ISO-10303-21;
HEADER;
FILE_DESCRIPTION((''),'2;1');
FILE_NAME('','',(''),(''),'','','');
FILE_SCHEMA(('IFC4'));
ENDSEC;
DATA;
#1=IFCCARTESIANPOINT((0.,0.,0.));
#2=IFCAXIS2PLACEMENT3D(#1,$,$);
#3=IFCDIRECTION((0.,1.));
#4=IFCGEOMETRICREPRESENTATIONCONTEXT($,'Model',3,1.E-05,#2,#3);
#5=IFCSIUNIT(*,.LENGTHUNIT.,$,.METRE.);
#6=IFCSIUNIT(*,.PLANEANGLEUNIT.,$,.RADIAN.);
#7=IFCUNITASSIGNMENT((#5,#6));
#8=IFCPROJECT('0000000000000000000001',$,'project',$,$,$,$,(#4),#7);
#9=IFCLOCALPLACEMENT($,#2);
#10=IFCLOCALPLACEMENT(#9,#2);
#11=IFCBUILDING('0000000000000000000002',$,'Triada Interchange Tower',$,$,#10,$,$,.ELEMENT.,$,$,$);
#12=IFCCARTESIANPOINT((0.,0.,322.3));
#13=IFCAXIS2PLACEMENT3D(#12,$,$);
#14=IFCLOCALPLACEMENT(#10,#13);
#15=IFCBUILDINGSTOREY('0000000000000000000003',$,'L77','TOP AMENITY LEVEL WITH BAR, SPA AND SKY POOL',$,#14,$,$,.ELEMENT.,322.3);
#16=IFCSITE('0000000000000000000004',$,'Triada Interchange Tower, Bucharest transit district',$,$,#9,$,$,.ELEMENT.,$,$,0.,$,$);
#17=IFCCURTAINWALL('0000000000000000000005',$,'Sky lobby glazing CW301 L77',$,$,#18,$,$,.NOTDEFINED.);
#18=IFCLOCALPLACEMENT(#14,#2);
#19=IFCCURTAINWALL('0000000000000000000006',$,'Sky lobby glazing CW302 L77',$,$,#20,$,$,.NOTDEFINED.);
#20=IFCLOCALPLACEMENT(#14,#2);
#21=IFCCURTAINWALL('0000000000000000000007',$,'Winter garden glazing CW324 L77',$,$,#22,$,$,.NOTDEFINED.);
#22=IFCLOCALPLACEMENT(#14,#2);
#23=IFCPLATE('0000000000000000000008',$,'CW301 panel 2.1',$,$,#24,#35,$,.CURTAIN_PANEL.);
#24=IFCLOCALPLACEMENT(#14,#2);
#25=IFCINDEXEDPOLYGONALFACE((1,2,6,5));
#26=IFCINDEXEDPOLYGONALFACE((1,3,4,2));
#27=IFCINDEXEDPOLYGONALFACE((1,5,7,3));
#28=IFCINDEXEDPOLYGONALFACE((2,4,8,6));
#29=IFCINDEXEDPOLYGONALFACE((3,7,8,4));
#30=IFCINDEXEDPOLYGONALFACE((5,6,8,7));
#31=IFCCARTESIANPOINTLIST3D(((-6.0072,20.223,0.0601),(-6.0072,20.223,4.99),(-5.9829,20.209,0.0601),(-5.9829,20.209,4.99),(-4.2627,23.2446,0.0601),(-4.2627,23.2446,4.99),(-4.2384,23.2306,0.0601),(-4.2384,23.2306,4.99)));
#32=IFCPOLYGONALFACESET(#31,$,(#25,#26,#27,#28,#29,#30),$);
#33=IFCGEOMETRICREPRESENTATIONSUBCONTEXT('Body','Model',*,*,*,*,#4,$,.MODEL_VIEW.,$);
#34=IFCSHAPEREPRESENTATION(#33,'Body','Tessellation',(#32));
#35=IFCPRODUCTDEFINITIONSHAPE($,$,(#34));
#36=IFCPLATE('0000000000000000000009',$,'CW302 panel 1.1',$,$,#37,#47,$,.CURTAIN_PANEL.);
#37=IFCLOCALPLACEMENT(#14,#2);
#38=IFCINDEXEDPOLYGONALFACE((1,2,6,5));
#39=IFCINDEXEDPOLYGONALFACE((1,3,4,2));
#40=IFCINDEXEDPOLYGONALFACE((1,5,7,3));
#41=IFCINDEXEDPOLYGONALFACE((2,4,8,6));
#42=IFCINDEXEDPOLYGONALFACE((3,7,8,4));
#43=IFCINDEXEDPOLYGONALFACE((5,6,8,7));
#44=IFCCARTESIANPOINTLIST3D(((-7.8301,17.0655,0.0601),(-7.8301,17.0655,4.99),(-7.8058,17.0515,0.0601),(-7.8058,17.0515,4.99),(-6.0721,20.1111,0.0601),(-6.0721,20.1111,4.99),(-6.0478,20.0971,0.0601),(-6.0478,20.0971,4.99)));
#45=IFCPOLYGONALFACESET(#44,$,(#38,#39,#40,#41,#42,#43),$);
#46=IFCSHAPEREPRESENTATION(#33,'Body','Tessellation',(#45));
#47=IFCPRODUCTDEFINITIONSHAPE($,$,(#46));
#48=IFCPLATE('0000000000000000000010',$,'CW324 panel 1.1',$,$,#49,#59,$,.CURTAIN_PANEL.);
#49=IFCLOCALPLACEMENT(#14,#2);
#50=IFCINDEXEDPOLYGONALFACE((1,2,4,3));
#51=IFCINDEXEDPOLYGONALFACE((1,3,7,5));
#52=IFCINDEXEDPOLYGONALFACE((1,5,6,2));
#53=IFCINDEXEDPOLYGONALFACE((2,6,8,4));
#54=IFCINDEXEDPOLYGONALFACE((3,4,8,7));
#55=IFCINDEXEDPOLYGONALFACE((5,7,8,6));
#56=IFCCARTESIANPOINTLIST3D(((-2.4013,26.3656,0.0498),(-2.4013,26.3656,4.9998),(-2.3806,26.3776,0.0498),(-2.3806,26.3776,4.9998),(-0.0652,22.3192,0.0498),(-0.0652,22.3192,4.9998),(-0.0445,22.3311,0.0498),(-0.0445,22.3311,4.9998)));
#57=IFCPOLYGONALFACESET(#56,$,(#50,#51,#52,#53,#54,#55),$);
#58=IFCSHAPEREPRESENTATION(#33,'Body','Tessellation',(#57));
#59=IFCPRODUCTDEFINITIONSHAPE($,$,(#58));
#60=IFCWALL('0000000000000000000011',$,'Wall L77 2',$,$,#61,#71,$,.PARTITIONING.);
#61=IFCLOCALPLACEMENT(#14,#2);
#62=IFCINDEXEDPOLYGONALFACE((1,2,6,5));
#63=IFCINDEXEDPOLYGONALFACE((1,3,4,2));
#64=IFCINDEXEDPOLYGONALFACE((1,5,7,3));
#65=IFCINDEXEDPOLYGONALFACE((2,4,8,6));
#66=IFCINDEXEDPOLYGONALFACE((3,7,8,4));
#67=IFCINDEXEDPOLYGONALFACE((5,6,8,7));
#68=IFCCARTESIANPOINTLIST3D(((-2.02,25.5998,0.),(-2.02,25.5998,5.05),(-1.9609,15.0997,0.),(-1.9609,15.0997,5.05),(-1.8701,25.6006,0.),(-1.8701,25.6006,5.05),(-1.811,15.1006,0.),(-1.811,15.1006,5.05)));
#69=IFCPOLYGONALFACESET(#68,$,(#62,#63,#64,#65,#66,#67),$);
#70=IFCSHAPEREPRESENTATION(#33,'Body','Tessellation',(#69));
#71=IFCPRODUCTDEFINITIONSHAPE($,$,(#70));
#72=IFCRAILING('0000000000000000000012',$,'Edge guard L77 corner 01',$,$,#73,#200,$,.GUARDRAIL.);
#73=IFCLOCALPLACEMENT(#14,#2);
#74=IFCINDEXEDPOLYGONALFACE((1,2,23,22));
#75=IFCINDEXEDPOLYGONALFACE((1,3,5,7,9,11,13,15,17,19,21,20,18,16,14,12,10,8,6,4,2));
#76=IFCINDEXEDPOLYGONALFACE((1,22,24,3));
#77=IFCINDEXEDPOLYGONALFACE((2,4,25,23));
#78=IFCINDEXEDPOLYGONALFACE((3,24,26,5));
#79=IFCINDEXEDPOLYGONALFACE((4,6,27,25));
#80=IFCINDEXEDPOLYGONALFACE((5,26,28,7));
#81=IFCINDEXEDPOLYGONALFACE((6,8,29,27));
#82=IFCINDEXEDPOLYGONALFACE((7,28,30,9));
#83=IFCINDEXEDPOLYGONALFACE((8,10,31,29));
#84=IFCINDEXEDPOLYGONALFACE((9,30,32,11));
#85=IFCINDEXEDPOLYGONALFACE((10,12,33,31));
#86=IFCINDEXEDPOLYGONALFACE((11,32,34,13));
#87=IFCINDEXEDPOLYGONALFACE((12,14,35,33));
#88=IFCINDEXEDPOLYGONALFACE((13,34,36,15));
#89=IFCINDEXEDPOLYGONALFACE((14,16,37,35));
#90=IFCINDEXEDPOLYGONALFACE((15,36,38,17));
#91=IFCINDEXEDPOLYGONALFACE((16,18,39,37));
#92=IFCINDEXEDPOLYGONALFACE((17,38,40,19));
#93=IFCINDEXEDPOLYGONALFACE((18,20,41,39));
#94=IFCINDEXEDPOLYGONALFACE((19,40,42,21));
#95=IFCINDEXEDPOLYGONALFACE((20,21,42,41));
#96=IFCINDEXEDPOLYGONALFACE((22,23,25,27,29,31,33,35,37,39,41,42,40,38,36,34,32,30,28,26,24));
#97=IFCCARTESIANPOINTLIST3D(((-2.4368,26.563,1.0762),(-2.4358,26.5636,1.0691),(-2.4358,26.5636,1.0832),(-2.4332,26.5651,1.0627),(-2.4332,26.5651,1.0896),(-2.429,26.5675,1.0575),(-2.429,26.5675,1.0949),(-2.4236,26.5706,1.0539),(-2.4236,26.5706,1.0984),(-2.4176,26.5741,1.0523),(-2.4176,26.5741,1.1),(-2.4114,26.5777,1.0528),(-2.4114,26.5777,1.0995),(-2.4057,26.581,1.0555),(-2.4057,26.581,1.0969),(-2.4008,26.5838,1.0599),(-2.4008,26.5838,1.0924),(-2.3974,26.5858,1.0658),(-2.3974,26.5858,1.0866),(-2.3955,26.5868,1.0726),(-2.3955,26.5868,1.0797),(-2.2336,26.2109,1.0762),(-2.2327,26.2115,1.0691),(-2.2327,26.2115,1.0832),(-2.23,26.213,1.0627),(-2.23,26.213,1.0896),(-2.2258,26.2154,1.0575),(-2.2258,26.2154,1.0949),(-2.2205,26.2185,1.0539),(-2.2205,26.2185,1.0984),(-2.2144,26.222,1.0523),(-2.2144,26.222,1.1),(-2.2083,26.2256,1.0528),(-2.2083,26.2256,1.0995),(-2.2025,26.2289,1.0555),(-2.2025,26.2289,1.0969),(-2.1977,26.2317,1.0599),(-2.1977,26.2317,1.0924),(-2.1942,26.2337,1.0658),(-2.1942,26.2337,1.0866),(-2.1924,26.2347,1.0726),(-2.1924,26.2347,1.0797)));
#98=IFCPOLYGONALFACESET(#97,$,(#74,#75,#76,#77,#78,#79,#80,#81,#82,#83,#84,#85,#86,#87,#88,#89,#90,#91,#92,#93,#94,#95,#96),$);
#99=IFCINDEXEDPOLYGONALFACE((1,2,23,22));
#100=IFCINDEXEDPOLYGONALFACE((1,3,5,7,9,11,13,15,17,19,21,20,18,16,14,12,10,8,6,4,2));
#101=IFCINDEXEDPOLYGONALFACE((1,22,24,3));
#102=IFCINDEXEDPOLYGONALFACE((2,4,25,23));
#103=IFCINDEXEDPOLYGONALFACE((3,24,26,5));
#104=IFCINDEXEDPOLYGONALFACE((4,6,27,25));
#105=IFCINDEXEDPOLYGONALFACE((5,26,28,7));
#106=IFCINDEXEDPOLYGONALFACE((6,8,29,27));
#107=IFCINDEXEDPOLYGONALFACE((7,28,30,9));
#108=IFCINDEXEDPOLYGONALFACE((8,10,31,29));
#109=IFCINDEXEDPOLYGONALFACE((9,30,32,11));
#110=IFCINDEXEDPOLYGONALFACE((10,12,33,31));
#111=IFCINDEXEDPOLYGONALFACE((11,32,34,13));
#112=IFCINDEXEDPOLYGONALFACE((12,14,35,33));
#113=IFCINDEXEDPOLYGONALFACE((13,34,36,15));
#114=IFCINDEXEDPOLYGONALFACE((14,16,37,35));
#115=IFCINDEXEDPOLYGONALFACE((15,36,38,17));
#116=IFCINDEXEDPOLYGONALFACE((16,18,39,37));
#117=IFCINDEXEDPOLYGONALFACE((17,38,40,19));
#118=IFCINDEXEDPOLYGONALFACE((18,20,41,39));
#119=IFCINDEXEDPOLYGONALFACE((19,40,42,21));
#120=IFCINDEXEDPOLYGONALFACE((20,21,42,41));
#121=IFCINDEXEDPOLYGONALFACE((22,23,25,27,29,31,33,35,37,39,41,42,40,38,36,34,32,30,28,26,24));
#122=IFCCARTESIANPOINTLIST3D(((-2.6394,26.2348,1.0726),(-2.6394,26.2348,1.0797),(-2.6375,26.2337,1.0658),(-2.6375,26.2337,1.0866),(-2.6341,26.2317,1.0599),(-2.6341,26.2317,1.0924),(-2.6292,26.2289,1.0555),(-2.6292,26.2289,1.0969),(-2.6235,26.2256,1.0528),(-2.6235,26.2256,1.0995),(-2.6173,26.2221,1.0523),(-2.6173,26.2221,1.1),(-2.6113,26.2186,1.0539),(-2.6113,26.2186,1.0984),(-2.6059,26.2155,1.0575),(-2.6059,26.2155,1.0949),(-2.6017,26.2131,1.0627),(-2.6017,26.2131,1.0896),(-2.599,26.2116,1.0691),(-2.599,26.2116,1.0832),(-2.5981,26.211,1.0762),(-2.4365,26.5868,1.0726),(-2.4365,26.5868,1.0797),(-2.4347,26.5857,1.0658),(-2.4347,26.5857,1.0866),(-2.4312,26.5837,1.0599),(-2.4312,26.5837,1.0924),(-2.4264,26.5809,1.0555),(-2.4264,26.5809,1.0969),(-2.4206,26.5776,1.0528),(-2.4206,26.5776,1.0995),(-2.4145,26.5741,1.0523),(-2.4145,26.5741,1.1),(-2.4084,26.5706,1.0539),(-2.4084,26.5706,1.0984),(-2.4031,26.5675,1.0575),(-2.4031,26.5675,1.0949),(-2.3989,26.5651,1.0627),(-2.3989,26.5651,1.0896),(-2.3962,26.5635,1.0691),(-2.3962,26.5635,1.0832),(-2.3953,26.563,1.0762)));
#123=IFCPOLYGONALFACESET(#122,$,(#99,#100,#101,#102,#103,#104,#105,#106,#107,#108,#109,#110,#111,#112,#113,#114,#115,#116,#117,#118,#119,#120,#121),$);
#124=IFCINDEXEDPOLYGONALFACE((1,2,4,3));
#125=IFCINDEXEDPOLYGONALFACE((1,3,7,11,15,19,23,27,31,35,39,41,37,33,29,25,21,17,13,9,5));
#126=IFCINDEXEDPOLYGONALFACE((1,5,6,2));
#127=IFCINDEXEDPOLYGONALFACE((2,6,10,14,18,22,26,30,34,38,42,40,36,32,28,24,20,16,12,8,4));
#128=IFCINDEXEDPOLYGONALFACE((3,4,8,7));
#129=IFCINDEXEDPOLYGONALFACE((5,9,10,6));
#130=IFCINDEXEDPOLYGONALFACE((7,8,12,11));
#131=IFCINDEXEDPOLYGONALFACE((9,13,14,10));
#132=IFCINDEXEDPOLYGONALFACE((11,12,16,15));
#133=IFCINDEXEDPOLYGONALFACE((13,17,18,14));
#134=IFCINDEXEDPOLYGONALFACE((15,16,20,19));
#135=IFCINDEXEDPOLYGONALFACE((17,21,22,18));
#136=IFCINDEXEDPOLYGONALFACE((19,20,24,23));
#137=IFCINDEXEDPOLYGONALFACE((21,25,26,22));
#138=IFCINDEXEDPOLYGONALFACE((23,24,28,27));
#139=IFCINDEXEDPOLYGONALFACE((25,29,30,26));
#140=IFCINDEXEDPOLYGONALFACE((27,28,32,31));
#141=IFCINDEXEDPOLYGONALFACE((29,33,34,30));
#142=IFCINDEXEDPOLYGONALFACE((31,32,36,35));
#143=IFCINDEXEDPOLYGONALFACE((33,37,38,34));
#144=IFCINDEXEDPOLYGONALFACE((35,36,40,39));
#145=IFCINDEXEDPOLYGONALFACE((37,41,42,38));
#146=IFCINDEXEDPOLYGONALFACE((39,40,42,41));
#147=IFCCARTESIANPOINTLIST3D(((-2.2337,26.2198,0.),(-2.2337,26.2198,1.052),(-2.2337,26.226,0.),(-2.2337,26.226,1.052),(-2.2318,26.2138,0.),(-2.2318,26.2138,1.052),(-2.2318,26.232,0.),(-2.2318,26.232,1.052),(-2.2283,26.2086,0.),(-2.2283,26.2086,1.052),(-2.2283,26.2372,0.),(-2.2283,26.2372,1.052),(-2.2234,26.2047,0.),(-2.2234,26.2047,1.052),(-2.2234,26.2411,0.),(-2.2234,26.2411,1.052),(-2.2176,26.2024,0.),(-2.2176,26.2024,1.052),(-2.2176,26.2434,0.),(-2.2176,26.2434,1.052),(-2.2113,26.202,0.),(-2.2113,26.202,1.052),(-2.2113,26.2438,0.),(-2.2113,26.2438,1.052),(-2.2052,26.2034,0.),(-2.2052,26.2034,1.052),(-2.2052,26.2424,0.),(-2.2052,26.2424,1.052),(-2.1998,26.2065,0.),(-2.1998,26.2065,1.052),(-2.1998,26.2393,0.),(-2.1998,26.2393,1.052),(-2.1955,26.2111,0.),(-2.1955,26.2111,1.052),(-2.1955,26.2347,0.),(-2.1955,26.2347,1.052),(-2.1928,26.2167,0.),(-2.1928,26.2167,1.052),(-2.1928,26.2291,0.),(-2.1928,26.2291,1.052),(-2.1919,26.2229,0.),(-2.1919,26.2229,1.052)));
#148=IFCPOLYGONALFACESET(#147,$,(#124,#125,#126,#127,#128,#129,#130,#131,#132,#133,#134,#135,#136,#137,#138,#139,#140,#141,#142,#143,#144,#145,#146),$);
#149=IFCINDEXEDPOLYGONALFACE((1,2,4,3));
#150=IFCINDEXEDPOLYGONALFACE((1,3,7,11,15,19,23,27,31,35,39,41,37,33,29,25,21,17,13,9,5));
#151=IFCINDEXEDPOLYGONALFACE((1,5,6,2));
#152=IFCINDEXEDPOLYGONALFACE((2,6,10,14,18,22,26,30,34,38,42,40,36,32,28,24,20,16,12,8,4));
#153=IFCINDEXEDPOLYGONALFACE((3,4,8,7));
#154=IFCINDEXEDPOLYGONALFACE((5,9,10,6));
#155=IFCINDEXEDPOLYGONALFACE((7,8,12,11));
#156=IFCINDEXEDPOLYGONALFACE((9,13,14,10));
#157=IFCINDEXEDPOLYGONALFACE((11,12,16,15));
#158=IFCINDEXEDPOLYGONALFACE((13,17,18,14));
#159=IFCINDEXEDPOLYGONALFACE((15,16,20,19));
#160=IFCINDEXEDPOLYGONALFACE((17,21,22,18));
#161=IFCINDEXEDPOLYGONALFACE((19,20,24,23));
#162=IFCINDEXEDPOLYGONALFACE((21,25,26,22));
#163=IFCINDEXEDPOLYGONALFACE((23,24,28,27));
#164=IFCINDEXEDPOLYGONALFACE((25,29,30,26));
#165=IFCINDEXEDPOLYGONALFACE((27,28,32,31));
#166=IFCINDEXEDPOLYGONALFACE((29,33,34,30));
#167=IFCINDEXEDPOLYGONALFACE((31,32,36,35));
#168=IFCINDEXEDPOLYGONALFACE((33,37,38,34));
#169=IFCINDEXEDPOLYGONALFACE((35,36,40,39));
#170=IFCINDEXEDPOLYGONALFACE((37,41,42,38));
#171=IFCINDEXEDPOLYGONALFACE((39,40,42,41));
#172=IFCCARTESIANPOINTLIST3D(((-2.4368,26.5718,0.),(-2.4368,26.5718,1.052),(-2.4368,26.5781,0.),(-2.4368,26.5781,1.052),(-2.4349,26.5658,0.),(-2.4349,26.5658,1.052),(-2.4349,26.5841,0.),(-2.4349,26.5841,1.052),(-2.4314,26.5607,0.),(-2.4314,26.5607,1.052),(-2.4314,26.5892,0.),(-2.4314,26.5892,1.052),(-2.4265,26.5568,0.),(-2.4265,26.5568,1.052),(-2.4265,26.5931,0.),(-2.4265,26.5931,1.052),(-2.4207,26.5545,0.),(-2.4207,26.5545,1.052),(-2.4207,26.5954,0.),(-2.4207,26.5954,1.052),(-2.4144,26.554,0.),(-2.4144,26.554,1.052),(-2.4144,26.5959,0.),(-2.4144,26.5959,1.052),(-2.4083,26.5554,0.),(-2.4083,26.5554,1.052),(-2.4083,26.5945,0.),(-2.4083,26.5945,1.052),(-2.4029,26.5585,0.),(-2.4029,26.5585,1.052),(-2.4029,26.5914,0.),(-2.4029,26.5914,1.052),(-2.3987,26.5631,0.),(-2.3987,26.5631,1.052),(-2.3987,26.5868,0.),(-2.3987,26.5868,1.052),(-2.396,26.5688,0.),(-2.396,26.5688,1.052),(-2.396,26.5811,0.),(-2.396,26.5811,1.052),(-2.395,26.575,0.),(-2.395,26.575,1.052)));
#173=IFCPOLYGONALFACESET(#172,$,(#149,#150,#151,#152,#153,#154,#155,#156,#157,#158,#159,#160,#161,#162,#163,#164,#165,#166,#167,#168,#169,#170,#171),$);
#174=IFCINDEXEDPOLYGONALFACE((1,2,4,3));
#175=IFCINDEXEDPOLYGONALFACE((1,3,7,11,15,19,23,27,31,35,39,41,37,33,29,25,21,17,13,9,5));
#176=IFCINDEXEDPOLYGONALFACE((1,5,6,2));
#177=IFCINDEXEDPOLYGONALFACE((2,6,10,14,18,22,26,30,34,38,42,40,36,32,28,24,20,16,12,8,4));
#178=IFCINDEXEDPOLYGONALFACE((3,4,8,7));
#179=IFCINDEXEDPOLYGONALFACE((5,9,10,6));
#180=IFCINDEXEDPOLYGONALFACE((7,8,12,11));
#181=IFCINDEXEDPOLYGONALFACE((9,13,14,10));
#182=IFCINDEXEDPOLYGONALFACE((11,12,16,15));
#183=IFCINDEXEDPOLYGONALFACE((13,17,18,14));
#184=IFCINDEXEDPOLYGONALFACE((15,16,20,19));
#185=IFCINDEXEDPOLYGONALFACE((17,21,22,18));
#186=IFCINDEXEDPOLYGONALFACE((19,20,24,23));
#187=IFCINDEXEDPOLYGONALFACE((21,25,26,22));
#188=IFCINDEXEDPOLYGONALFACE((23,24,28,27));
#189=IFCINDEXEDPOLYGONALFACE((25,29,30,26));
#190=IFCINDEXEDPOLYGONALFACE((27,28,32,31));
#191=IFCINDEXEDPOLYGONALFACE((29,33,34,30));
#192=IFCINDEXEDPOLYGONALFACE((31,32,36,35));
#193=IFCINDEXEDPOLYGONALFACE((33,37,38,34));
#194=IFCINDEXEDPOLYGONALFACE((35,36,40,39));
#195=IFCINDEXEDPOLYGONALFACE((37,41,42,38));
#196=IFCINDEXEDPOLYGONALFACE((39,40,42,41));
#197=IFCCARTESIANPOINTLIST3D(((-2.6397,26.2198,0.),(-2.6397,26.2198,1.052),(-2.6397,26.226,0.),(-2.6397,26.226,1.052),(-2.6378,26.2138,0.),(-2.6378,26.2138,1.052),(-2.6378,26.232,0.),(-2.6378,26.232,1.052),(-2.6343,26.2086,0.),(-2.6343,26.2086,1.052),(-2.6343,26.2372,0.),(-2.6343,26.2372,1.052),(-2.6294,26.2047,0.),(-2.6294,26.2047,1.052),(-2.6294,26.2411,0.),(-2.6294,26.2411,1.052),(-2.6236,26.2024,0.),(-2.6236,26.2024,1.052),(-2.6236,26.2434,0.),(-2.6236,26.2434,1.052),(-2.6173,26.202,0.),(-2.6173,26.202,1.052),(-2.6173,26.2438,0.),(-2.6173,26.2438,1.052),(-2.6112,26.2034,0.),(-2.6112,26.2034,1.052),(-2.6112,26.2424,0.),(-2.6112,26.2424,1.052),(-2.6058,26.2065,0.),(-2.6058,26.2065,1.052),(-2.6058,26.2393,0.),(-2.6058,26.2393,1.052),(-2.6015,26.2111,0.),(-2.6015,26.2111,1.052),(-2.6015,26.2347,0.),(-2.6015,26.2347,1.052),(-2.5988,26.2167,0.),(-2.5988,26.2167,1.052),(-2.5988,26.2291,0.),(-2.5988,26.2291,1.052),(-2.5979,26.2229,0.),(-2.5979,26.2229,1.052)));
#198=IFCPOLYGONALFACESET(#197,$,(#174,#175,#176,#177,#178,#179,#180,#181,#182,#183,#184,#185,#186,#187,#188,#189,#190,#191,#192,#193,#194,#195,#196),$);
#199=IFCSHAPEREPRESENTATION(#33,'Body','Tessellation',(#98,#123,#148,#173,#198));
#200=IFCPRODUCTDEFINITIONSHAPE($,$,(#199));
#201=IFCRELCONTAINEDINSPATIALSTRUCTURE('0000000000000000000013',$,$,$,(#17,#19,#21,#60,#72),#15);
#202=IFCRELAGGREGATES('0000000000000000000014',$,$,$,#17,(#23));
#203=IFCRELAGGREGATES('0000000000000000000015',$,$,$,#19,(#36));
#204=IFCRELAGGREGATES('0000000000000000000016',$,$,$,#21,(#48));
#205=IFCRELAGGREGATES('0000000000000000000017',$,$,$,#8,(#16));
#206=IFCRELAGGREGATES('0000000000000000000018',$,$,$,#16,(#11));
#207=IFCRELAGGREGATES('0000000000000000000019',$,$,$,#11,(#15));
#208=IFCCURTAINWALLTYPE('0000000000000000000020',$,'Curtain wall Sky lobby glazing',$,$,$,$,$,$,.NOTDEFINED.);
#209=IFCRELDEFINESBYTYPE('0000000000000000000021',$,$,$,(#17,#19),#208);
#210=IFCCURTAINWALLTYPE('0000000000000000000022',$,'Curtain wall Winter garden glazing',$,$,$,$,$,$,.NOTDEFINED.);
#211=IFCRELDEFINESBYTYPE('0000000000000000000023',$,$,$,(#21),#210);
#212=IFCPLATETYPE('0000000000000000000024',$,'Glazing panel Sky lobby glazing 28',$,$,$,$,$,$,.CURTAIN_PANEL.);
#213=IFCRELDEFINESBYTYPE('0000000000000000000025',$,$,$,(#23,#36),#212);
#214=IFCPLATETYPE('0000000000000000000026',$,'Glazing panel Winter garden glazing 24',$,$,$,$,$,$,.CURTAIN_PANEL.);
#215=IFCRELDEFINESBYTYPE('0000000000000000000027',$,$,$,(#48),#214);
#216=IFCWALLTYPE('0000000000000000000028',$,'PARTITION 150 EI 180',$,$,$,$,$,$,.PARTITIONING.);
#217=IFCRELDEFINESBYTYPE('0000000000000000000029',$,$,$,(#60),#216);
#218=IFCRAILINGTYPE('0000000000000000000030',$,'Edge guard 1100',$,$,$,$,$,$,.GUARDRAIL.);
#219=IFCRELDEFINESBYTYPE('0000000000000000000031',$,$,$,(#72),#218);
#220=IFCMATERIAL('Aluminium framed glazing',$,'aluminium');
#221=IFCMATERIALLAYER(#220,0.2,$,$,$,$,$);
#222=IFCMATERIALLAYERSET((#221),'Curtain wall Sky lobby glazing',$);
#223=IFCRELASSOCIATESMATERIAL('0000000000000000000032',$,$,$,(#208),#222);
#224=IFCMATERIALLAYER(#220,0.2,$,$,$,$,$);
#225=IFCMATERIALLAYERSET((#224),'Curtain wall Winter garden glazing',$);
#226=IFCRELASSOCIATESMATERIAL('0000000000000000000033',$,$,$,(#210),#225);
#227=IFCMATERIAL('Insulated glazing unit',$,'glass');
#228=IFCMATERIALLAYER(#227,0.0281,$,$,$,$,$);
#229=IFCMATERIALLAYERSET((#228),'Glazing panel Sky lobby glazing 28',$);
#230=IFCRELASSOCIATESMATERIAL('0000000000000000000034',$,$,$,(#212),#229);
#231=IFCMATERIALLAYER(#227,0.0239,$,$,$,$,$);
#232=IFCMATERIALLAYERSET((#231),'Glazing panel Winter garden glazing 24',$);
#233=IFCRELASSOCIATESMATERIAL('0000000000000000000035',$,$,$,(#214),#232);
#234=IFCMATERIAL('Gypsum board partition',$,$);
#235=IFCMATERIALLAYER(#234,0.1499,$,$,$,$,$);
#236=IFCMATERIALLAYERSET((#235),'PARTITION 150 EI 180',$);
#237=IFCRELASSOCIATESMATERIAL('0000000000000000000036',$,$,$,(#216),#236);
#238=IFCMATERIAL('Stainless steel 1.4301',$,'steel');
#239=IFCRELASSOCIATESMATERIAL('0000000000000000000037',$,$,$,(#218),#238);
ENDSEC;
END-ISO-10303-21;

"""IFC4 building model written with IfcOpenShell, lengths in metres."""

from ifc_helpers import new_model, si_unit, direction, frame, frame_2d, origin, origin_2d, place, context, subcontext, project, spatial, rectangle, circle, extrude, material, layer, layer_set, type_object, element, aggregate, save


model = new_model("IFC4")

# Units and contexts
model_context = context("Model", 3, precision=1e-05, world=origin(), true_north=direction((0.0, 1.0)))
body_context = subcontext(model_context, "Body", "Model", "MODEL_VIEW")
ifc_project = project(units=[si_unit("LENGTHUNIT", "METRE"), si_unit("PLANEANGLEUNIT", "RADIAN")], contexts=[model_context])

# Site, building, storey
site_placement = place(None, origin())
site = spatial("IfcSite", under=ifc_project, at=site_placement, Name="Triada Interchange Tower, Bucharest transit district", CompositionType="ELEMENT", RefElevation=0.0)
building_placement = place(site_placement, origin())
building = spatial("IfcBuilding", under=site, at=building_placement, Name="Triada Interchange Tower", CompositionType="ELEMENT")
storey_placement = place(building_placement, frame((0.0, 0.0, 322.3)))
storey = spatial("IfcBuildingStorey", under=building, at=storey_placement, Name="L77", Description="TOP AMENITY LEVEL WITH BAR, SPA AND SKY POOL", CompositionType="ELEMENT", Elevation=322.3)

# Curtain walls
ifc_material_1 = material(Name="Aluminium framed glazing", Category="aluminium")
ifc_layer_1 = layer(ifc_material_1, 0.2)
ifc_layer_set_1 = layer_set([ifc_layer_1], Name="Curtain wall Sky lobby glazing")
curtain_wall_type_1 = type_object("IfcCurtainWallType", Name="Curtain wall Sky lobby glazing", PredefinedType="NOTDEFINED", material=ifc_layer_set_1)
curtain_wall_1_placement = place(storey_placement, origin())
curtain_wall_1 = element("IfcCurtainWall", 1, at=curtain_wall_1_placement, inside=storey, type_object=curtain_wall_type_1, Name="Sky lobby glazing CW301 L77", PredefinedType="NOTDEFINED")
curtain_wall_2_placement = place(storey_placement, origin())
curtain_wall_2 = element("IfcCurtainWall", 2, at=curtain_wall_2_placement, inside=storey, type_object=curtain_wall_type_1, Name="Sky lobby glazing CW302 L77", PredefinedType="NOTDEFINED")
ifc_layer_2 = layer(ifc_material_1, 0.2)
ifc_layer_set_2 = layer_set([ifc_layer_2], Name="Curtain wall Winter garden glazing")
curtain_wall_type_2 = type_object("IfcCurtainWallType", Name="Curtain wall Winter garden glazing", PredefinedType="NOTDEFINED", material=ifc_layer_set_2)
curtain_wall_3_placement = place(storey_placement, origin())
curtain_wall_3 = element("IfcCurtainWall", 3, at=curtain_wall_3_placement, inside=storey, type_object=curtain_wall_type_2, Name="Winter garden glazing CW324 L77", PredefinedType="NOTDEFINED")

# Plates
ifc_material_2 = material(Name="Insulated glazing unit", Category="glass")
ifc_layer_3 = layer(ifc_material_2, 0.0281)
ifc_layer_set_3 = layer_set([ifc_layer_3], Name="Glazing panel Sky lobby glazing 28")
plate_type_1 = type_object("IfcPlateType", Name="Glazing panel Sky lobby glazing 28", PredefinedType="CURTAIN_PANEL", material=ifc_layer_set_3)
plate_1_placement = place(storey_placement, frame((-5.1228, 21.7268, 0.0601), z_axis=(0.0, 0.0, 1.0), x_axis=(-0.500001, -0.866025, 0.0)))
plate_1 = element("IfcPlate", 4, at=plate_1_placement, type_object=plate_type_1, Name="CW301 panel 2.1", PredefinedType="CURTAIN_PANEL", context=body_context, shape_type="SweptSolid", body=[
    extrude(rectangle(XDim=3.489, YDim=0.0281, at=origin_2d()), origin(), (0.0, 0.0, 1.0), 4.9299),
])
aggregate(curtain_wall_1, [plate_1])
plate_2_placement = place(storey_placement, frame((-6.939, 18.5813, 0.0601), z_axis=(0.0, 0.0, 1.0), x_axis=(-0.499926, -0.866068, 0.0)))
plate_2 = element("IfcPlate", 5, at=plate_2_placement, type_object=plate_type_1, Name="CW302 panel 1.1", PredefinedType="CURTAIN_PANEL", context=body_context, shape_type="SweptSolid", body=[
    extrude(rectangle(XDim=3.5166, YDim=0.0281, at=origin_2d()), origin(), (0.0, 0.0, 1.0), 4.9299),
])
aggregate(curtain_wall_2, [plate_2])
ifc_layer_4 = layer(ifc_material_2, 0.0239)
ifc_layer_set_4 = layer_set([ifc_layer_4], Name="Glazing panel Winter garden glazing 24")
plate_type_2 = type_object("IfcPlateType", Name="Glazing panel Winter garden glazing 24", PredefinedType="CURTAIN_PANEL", material=ifc_layer_set_4)
plate_3_placement = place(storey_placement, frame((-1.2229, 24.3484, 0.0498), z_axis=(0.0, 0.0, 1.0), x_axis=(-0.49997, 0.866043, 0.0)))
plate_3 = element("IfcPlate", 6, at=plate_3_placement, type_object=plate_type_2, Name="CW324 panel 1.1", PredefinedType="CURTAIN_PANEL", context=body_context, shape_type="SweptSolid", body=[
    extrude(rectangle(XDim=4.6724, YDim=0.0239, at=origin_2d()), origin(), (0.0, 0.0, 1.0), 4.95),
])
aggregate(curtain_wall_3, [plate_3])

# Wall
ifc_material_3 = material(Name="Gypsum board partition")
ifc_layer_5 = layer(ifc_material_3, 0.1499)
ifc_layer_set_5 = layer_set([ifc_layer_5], Name="PARTITION 150 EI 180")
wall_type = type_object("IfcWallType", Name="PARTITION 150 EI 180", PredefinedType="PARTITIONING", material=ifc_layer_set_5)
wall_placement = place(storey_placement, frame((-1.9451, 25.6001, 0.0), z_axis=(0.0, 0.0, 1.0), x_axis=(0.005627, -0.999984, 0.0)))
element("IfcWall", 7, at=wall_placement, inside=storey, type_object=wall_type, Name="Wall L77 2", PredefinedType="PARTITIONING", context=body_context, shape_type="SweptSolid", body=[
    extrude(rectangle(XDim=10.5002, YDim=0.1499, at=frame_2d((5.25, 0.0))), origin(), (0.0, 0.0, 1.0), 5.05),
])

# Railing
ifc_material_4 = material(Name="Stainless steel 1.4301", Category="steel")
railing_type = type_object("IfcRailingType", Name="Edge guard 1100", PredefinedType="GUARDRAIL", material=ifc_material_4)
railing_1_placement = place(storey_placement, frame((-2.2129, 26.2229, 0.0)))
element("IfcRailing", 8, at=railing_1_placement, inside=storey, type_object=railing_type, Name="Edge guard L77 corner 01", PredefinedType="GUARDRAIL", context=body_context, shape_type="SweptSolid", body=[
    extrude(circle(Radius=0.0239, at=origin_2d()), frame((0.0, 0.0, 1.0762), z_axis=(-0.499757, 0.866166, 0.0), x_axis=(-0.866166, -0.499757, 0.0)), (0.0, 0.0, 1.0), 0.4065),
    extrude(circle(Radius=0.0239, at=origin_2d()), frame((-0.2031, 0.3521, 1.0762), z_axis=(-0.499306, -0.866426, 0.0), x_axis=(0.866426, -0.499306, 0.0)), (0.0, 0.0, 1.0), 0.4062),
    extrude(circle(Radius=0.021, at=origin_2d()), origin(), (0.0, 0.0, 1.0), 1.052),
    extrude(circle(Radius=0.021, at=origin_2d()), frame((-0.2031, 0.3521, 0.0)), (0.0, 0.0, 1.0), 1.052),
    extrude(circle(Radius=0.021, at=origin_2d()), frame((-0.406, 0.0, 0.0)), (0.0, 0.0, 1.0), 1.052),
])

save(model, "model.ifc")
